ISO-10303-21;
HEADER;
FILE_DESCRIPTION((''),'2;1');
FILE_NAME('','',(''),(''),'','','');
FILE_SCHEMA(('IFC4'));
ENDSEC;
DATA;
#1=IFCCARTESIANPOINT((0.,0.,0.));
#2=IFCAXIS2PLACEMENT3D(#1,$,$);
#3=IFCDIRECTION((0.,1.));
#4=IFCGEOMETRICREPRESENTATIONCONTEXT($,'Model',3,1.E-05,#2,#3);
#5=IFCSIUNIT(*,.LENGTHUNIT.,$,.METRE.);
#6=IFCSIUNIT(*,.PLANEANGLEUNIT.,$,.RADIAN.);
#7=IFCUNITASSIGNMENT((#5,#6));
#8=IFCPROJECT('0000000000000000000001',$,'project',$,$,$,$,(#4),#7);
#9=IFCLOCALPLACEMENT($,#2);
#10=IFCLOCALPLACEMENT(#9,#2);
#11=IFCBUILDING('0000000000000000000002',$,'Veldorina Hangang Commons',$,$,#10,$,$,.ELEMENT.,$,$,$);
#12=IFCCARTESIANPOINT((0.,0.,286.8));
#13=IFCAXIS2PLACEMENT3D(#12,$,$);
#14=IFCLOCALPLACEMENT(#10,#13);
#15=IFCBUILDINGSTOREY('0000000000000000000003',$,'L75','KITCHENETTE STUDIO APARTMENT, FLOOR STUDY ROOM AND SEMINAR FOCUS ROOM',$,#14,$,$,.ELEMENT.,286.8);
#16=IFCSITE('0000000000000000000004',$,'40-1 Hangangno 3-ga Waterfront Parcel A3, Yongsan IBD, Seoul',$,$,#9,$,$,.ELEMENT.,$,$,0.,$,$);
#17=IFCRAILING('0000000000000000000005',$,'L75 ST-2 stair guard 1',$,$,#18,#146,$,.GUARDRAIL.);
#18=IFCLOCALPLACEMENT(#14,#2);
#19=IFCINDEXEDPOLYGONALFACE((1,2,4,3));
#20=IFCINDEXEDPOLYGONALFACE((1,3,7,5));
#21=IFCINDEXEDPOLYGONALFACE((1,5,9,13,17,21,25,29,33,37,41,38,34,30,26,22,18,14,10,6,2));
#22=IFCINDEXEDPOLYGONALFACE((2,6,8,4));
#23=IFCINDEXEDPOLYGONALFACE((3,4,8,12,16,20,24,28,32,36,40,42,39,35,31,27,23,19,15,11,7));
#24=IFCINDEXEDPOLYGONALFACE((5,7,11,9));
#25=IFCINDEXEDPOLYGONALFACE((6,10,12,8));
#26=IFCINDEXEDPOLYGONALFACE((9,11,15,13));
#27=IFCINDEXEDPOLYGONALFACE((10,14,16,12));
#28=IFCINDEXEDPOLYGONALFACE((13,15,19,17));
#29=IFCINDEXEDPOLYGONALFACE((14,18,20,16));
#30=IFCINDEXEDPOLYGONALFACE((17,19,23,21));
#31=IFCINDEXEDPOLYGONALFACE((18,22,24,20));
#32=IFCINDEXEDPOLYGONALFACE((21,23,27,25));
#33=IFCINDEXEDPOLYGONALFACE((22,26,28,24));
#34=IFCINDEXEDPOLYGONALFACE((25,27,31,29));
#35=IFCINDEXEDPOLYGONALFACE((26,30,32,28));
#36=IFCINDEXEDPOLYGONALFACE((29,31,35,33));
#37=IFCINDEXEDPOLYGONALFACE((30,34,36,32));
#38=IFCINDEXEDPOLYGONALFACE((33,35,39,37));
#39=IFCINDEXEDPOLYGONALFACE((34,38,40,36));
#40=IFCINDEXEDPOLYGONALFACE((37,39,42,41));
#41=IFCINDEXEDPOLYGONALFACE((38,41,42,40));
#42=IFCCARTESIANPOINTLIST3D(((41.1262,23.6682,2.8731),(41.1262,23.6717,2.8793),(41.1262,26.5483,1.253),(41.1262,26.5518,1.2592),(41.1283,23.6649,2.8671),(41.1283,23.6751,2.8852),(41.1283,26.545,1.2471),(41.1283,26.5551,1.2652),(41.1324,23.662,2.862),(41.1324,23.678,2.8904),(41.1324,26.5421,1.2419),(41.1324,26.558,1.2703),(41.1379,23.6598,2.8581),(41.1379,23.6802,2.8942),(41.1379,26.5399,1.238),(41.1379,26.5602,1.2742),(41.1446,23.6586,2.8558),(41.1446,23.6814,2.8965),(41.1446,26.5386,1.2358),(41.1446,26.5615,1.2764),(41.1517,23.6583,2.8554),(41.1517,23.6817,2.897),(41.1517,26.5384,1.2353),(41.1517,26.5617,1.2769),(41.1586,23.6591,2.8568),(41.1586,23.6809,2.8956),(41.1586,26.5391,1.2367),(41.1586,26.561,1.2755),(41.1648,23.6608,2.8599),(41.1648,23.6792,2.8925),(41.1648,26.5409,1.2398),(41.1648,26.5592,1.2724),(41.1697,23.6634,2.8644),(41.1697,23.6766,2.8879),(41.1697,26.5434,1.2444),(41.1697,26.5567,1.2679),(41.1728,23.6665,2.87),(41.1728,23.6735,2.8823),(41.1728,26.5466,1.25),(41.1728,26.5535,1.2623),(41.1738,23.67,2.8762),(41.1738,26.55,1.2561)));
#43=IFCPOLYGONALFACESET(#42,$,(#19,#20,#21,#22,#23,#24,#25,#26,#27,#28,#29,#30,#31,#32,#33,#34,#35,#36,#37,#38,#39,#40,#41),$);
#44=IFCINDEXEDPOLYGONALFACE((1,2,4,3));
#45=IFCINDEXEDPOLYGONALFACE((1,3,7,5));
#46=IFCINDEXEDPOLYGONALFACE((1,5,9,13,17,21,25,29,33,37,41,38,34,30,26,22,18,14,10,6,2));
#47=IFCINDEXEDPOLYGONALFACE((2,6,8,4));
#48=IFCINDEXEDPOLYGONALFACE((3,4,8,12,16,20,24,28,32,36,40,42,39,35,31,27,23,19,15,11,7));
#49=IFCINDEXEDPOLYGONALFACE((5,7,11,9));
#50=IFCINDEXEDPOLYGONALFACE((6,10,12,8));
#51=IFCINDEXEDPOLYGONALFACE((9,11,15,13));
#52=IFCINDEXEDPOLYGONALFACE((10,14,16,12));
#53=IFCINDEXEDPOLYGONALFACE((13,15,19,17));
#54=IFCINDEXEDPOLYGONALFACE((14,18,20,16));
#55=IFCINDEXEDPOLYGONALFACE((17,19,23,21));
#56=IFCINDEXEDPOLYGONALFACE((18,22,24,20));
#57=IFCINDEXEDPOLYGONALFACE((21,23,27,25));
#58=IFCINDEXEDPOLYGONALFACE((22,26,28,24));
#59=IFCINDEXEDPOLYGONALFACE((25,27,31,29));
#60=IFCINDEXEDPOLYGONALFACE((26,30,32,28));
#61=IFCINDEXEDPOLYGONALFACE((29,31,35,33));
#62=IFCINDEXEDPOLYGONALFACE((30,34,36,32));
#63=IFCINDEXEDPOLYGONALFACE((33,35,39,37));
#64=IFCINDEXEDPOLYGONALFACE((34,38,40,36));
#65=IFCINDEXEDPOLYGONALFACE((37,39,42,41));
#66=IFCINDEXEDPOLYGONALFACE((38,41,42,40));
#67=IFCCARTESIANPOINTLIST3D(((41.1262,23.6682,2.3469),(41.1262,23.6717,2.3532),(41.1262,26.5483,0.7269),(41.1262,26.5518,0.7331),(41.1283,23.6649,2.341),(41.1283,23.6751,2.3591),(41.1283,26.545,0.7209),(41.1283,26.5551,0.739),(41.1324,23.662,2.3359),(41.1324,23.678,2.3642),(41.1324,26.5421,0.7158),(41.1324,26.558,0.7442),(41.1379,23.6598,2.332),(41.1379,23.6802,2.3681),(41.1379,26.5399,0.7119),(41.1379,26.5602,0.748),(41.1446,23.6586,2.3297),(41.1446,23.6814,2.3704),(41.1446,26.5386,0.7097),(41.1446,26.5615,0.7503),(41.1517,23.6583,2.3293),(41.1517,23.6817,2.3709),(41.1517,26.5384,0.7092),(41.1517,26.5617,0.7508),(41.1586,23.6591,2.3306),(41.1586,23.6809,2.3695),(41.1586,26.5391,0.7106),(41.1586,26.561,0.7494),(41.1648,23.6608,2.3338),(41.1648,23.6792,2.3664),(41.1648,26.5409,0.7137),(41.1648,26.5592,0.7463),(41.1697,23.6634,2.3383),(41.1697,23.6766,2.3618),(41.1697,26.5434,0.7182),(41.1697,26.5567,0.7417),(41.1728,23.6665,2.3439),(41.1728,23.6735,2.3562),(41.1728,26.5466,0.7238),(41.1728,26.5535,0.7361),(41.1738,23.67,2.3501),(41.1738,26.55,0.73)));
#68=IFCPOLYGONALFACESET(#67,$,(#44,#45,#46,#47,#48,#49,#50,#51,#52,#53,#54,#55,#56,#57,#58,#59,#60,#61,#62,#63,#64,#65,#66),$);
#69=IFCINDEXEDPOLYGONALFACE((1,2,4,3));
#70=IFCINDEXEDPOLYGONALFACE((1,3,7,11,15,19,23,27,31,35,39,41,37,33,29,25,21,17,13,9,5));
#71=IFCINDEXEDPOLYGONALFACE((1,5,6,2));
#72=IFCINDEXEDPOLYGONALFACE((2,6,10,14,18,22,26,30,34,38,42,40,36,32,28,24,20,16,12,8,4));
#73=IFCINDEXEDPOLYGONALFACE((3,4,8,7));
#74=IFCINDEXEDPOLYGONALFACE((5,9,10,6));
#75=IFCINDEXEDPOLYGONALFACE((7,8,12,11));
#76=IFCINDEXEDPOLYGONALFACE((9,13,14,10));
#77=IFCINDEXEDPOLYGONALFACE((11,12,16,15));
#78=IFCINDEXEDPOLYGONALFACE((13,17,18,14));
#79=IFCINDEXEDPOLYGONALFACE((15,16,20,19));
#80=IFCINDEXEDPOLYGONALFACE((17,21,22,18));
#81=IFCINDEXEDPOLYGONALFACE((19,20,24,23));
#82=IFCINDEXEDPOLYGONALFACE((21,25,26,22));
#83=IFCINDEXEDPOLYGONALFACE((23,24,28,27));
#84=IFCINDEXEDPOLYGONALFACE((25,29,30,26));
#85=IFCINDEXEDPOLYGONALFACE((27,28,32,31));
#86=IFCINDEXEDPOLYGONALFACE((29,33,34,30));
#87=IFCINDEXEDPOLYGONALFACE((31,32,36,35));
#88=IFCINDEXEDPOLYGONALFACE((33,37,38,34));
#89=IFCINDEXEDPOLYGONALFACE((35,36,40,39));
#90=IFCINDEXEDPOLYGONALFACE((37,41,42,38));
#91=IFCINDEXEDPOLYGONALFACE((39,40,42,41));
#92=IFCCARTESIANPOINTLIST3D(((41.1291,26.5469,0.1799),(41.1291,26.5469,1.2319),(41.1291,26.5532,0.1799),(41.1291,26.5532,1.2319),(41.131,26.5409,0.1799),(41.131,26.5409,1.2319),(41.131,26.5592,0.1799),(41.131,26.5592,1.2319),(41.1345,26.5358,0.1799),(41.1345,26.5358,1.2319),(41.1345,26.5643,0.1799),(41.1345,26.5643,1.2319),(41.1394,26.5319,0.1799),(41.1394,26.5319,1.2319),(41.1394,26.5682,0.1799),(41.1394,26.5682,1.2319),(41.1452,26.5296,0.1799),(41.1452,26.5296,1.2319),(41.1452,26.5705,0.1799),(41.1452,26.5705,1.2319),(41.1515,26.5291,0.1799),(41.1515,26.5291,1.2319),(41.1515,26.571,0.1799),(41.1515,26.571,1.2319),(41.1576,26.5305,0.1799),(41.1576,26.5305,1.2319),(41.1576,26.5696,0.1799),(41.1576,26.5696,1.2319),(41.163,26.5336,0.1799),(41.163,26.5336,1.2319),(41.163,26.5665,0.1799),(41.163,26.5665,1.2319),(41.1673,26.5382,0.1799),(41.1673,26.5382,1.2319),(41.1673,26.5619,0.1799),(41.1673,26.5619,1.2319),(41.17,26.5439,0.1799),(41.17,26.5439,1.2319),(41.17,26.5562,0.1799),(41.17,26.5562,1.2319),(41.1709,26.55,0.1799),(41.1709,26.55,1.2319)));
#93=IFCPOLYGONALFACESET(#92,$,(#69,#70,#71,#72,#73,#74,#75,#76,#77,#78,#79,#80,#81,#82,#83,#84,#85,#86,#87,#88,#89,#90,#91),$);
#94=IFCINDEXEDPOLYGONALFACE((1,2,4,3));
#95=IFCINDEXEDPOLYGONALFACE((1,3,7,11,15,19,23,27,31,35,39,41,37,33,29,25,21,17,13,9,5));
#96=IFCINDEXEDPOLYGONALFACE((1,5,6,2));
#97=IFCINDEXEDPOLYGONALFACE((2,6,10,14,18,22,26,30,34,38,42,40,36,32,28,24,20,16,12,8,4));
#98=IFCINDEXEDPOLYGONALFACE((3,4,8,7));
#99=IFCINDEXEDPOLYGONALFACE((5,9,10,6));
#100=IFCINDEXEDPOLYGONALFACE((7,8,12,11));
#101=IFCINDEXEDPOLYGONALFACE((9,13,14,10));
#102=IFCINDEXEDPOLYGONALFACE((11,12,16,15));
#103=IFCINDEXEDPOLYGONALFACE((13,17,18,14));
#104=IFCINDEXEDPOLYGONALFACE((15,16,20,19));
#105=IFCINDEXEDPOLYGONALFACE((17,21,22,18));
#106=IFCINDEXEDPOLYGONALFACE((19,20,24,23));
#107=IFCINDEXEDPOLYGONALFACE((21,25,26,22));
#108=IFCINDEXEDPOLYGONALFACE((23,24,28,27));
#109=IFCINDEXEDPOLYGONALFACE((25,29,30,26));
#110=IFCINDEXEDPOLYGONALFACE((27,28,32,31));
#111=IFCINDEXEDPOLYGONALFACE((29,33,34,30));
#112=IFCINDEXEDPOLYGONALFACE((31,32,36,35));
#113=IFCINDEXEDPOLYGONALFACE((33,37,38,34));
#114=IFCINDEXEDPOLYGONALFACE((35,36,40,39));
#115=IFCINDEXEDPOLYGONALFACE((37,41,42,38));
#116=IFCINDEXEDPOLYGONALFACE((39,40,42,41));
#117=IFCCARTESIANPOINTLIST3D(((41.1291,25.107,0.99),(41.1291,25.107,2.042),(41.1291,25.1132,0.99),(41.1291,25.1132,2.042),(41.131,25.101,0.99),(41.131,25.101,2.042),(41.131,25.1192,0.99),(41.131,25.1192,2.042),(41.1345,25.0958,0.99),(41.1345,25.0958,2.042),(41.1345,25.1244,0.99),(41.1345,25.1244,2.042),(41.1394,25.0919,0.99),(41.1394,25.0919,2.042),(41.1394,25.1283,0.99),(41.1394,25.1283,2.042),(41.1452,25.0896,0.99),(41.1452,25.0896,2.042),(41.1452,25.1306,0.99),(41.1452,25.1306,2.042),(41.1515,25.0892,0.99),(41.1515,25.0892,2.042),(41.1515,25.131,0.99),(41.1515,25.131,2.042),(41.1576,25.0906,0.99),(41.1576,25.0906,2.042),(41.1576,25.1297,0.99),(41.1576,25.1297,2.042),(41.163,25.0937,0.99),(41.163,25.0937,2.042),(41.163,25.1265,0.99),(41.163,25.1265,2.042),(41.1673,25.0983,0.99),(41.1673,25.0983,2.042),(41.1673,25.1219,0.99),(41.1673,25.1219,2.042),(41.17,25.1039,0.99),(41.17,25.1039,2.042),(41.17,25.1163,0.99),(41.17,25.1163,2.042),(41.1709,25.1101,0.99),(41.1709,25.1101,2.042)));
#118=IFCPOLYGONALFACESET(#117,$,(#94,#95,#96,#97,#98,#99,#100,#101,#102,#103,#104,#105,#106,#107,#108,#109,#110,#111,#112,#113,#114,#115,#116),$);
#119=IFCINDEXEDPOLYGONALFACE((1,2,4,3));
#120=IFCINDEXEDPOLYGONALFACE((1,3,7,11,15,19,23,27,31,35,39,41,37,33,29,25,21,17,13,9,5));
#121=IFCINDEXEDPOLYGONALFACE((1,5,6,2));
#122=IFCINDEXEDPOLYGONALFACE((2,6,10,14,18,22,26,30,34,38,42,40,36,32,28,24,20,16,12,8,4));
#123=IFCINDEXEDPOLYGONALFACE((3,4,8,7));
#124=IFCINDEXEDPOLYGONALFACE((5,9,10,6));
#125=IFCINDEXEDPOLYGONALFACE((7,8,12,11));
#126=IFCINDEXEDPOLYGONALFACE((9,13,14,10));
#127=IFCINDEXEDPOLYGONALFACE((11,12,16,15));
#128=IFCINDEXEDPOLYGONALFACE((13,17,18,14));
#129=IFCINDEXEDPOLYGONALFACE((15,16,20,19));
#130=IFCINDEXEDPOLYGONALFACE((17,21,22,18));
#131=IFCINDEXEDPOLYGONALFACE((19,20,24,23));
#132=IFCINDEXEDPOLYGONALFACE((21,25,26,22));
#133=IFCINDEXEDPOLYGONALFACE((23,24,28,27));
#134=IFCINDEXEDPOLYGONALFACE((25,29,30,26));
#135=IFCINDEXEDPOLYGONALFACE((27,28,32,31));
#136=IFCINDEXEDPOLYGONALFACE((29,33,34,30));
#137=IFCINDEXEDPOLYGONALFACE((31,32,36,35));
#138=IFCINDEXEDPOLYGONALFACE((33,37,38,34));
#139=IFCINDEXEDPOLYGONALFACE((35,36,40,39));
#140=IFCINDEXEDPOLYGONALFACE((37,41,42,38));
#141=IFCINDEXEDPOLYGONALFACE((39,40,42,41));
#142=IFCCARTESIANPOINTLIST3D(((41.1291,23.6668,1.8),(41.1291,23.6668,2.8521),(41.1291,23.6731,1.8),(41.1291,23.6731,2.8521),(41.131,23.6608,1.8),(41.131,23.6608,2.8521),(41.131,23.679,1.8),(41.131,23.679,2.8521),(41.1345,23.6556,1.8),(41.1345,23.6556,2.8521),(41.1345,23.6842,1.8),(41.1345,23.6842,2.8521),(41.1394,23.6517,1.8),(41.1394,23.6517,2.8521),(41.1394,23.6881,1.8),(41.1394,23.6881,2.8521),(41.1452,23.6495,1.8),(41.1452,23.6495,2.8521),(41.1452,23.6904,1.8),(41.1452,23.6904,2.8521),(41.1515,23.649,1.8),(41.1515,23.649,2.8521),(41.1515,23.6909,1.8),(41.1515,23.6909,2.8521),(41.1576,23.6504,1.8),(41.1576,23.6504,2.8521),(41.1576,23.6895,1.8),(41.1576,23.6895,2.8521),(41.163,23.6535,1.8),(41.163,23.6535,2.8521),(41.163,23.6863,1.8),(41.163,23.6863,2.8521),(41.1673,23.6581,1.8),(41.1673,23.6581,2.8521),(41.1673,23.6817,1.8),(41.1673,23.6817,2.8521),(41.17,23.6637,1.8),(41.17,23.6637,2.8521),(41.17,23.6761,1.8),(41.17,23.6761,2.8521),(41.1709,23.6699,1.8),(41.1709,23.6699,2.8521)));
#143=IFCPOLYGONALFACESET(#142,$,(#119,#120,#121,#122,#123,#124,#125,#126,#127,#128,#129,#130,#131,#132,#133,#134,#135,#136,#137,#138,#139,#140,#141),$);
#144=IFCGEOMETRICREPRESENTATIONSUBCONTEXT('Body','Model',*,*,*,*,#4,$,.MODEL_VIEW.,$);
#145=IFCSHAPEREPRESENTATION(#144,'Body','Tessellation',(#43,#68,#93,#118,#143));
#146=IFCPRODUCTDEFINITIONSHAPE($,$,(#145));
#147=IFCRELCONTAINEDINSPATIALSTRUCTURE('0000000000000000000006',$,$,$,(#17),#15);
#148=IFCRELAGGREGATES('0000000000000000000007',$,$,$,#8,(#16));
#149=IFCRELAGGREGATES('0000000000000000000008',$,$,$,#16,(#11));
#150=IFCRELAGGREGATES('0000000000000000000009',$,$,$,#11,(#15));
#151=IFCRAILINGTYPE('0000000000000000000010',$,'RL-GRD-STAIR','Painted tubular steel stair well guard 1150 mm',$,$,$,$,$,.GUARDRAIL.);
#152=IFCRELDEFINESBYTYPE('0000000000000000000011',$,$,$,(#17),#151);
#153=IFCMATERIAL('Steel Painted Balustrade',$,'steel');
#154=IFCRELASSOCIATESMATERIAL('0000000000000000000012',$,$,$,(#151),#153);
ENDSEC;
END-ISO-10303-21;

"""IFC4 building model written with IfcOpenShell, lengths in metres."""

from ifc_helpers import new_model, si_unit, direction, frame, origin, origin_2d, place, context, subcontext, project, spatial, circle, extrude, material, type_object, element, save


model = new_model("IFC4")

# Units and contexts
model_context = context("Model", 3, precision=1e-05, world=origin(), true_north=direction((0.0, 1.0)))
body_context = subcontext(model_context, "Body", "Model", "MODEL_VIEW")
ifc_project = project(units=[si_unit("LENGTHUNIT", "METRE"), si_unit("PLANEANGLEUNIT", "RADIAN")], contexts=[model_context])

# Site, building, storey
site_placement = place(None, origin())
site = spatial("IfcSite", under=ifc_project, at=site_placement, Name="40-1 Hangangno 3-ga Waterfront Parcel A3, Yongsan IBD, Seoul", CompositionType="ELEMENT", RefElevation=0.0)
building_placement = place(site_placement, origin())
building = spatial("IfcBuilding", under=site, at=building_placement, Name="Veldorina Hangang Commons", CompositionType="ELEMENT")
storey_placement = place(building_placement, frame((0.0, 0.0, 286.8)))
storey = spatial("IfcBuildingStorey", under=building, at=storey_placement, Name="L75", Description="KITCHENETTE STUDIO APARTMENT, FLOOR STUDY ROOM AND SEMINAR FOCUS ROOM", CompositionType="ELEMENT", Elevation=286.8)

# Railing
ifc_material_1 = material(Name="Steel Painted Balustrade", Category="steel")
railing_type_1 = type_object("IfcRailingType", Name="RL-GRD-STAIR", Description="Painted tubular steel stair well guard 1150 mm", PredefinedType="GUARDRAIL", material=ifc_material_1)
railing_1_placement = place(storey_placement, frame((41.1499, 26.55, 0.1799)))
element("IfcRailing", 1, at=railing_1_placement, inside=storey, type_object=railing_type_1, Name="L75 ST-2 stair guard 1", PredefinedType="GUARDRAIL", context=body_context, shape_type="SweptSolid", body=[
    extrude(circle(Radius=0.0239, at=origin_2d()), frame((0.0, 0.0, 1.0762), z_axis=(0.0, -0.87157, 0.490272), x_axis=(1.0, 0.0, 0.0)), (0.0, 0.0, 1.0), 3.3044),
    extrude(circle(Radius=0.0239, at=origin_2d()), frame((0.0, 0.0, 0.55), z_axis=(0.0, -0.87157, 0.490272), x_axis=(1.0, 0.0, 0.0)), (0.0, 0.0, 1.0), 3.3044),
    extrude(circle(Radius=0.021, at=origin_2d()), origin(), (0.0, 0.0, 1.0), 1.052),
    extrude(circle(Radius=0.021, at=origin_2d()), frame((0.0, -1.4399, 0.8101)), (0.0, 0.0, 1.0), 1.052),
    extrude(circle(Radius=0.021, at=origin_2d()), frame((0.0, -2.8801, 1.6201)), (0.0, 0.0, 1.0), 1.052),
])

save(model, "model.ifc")
